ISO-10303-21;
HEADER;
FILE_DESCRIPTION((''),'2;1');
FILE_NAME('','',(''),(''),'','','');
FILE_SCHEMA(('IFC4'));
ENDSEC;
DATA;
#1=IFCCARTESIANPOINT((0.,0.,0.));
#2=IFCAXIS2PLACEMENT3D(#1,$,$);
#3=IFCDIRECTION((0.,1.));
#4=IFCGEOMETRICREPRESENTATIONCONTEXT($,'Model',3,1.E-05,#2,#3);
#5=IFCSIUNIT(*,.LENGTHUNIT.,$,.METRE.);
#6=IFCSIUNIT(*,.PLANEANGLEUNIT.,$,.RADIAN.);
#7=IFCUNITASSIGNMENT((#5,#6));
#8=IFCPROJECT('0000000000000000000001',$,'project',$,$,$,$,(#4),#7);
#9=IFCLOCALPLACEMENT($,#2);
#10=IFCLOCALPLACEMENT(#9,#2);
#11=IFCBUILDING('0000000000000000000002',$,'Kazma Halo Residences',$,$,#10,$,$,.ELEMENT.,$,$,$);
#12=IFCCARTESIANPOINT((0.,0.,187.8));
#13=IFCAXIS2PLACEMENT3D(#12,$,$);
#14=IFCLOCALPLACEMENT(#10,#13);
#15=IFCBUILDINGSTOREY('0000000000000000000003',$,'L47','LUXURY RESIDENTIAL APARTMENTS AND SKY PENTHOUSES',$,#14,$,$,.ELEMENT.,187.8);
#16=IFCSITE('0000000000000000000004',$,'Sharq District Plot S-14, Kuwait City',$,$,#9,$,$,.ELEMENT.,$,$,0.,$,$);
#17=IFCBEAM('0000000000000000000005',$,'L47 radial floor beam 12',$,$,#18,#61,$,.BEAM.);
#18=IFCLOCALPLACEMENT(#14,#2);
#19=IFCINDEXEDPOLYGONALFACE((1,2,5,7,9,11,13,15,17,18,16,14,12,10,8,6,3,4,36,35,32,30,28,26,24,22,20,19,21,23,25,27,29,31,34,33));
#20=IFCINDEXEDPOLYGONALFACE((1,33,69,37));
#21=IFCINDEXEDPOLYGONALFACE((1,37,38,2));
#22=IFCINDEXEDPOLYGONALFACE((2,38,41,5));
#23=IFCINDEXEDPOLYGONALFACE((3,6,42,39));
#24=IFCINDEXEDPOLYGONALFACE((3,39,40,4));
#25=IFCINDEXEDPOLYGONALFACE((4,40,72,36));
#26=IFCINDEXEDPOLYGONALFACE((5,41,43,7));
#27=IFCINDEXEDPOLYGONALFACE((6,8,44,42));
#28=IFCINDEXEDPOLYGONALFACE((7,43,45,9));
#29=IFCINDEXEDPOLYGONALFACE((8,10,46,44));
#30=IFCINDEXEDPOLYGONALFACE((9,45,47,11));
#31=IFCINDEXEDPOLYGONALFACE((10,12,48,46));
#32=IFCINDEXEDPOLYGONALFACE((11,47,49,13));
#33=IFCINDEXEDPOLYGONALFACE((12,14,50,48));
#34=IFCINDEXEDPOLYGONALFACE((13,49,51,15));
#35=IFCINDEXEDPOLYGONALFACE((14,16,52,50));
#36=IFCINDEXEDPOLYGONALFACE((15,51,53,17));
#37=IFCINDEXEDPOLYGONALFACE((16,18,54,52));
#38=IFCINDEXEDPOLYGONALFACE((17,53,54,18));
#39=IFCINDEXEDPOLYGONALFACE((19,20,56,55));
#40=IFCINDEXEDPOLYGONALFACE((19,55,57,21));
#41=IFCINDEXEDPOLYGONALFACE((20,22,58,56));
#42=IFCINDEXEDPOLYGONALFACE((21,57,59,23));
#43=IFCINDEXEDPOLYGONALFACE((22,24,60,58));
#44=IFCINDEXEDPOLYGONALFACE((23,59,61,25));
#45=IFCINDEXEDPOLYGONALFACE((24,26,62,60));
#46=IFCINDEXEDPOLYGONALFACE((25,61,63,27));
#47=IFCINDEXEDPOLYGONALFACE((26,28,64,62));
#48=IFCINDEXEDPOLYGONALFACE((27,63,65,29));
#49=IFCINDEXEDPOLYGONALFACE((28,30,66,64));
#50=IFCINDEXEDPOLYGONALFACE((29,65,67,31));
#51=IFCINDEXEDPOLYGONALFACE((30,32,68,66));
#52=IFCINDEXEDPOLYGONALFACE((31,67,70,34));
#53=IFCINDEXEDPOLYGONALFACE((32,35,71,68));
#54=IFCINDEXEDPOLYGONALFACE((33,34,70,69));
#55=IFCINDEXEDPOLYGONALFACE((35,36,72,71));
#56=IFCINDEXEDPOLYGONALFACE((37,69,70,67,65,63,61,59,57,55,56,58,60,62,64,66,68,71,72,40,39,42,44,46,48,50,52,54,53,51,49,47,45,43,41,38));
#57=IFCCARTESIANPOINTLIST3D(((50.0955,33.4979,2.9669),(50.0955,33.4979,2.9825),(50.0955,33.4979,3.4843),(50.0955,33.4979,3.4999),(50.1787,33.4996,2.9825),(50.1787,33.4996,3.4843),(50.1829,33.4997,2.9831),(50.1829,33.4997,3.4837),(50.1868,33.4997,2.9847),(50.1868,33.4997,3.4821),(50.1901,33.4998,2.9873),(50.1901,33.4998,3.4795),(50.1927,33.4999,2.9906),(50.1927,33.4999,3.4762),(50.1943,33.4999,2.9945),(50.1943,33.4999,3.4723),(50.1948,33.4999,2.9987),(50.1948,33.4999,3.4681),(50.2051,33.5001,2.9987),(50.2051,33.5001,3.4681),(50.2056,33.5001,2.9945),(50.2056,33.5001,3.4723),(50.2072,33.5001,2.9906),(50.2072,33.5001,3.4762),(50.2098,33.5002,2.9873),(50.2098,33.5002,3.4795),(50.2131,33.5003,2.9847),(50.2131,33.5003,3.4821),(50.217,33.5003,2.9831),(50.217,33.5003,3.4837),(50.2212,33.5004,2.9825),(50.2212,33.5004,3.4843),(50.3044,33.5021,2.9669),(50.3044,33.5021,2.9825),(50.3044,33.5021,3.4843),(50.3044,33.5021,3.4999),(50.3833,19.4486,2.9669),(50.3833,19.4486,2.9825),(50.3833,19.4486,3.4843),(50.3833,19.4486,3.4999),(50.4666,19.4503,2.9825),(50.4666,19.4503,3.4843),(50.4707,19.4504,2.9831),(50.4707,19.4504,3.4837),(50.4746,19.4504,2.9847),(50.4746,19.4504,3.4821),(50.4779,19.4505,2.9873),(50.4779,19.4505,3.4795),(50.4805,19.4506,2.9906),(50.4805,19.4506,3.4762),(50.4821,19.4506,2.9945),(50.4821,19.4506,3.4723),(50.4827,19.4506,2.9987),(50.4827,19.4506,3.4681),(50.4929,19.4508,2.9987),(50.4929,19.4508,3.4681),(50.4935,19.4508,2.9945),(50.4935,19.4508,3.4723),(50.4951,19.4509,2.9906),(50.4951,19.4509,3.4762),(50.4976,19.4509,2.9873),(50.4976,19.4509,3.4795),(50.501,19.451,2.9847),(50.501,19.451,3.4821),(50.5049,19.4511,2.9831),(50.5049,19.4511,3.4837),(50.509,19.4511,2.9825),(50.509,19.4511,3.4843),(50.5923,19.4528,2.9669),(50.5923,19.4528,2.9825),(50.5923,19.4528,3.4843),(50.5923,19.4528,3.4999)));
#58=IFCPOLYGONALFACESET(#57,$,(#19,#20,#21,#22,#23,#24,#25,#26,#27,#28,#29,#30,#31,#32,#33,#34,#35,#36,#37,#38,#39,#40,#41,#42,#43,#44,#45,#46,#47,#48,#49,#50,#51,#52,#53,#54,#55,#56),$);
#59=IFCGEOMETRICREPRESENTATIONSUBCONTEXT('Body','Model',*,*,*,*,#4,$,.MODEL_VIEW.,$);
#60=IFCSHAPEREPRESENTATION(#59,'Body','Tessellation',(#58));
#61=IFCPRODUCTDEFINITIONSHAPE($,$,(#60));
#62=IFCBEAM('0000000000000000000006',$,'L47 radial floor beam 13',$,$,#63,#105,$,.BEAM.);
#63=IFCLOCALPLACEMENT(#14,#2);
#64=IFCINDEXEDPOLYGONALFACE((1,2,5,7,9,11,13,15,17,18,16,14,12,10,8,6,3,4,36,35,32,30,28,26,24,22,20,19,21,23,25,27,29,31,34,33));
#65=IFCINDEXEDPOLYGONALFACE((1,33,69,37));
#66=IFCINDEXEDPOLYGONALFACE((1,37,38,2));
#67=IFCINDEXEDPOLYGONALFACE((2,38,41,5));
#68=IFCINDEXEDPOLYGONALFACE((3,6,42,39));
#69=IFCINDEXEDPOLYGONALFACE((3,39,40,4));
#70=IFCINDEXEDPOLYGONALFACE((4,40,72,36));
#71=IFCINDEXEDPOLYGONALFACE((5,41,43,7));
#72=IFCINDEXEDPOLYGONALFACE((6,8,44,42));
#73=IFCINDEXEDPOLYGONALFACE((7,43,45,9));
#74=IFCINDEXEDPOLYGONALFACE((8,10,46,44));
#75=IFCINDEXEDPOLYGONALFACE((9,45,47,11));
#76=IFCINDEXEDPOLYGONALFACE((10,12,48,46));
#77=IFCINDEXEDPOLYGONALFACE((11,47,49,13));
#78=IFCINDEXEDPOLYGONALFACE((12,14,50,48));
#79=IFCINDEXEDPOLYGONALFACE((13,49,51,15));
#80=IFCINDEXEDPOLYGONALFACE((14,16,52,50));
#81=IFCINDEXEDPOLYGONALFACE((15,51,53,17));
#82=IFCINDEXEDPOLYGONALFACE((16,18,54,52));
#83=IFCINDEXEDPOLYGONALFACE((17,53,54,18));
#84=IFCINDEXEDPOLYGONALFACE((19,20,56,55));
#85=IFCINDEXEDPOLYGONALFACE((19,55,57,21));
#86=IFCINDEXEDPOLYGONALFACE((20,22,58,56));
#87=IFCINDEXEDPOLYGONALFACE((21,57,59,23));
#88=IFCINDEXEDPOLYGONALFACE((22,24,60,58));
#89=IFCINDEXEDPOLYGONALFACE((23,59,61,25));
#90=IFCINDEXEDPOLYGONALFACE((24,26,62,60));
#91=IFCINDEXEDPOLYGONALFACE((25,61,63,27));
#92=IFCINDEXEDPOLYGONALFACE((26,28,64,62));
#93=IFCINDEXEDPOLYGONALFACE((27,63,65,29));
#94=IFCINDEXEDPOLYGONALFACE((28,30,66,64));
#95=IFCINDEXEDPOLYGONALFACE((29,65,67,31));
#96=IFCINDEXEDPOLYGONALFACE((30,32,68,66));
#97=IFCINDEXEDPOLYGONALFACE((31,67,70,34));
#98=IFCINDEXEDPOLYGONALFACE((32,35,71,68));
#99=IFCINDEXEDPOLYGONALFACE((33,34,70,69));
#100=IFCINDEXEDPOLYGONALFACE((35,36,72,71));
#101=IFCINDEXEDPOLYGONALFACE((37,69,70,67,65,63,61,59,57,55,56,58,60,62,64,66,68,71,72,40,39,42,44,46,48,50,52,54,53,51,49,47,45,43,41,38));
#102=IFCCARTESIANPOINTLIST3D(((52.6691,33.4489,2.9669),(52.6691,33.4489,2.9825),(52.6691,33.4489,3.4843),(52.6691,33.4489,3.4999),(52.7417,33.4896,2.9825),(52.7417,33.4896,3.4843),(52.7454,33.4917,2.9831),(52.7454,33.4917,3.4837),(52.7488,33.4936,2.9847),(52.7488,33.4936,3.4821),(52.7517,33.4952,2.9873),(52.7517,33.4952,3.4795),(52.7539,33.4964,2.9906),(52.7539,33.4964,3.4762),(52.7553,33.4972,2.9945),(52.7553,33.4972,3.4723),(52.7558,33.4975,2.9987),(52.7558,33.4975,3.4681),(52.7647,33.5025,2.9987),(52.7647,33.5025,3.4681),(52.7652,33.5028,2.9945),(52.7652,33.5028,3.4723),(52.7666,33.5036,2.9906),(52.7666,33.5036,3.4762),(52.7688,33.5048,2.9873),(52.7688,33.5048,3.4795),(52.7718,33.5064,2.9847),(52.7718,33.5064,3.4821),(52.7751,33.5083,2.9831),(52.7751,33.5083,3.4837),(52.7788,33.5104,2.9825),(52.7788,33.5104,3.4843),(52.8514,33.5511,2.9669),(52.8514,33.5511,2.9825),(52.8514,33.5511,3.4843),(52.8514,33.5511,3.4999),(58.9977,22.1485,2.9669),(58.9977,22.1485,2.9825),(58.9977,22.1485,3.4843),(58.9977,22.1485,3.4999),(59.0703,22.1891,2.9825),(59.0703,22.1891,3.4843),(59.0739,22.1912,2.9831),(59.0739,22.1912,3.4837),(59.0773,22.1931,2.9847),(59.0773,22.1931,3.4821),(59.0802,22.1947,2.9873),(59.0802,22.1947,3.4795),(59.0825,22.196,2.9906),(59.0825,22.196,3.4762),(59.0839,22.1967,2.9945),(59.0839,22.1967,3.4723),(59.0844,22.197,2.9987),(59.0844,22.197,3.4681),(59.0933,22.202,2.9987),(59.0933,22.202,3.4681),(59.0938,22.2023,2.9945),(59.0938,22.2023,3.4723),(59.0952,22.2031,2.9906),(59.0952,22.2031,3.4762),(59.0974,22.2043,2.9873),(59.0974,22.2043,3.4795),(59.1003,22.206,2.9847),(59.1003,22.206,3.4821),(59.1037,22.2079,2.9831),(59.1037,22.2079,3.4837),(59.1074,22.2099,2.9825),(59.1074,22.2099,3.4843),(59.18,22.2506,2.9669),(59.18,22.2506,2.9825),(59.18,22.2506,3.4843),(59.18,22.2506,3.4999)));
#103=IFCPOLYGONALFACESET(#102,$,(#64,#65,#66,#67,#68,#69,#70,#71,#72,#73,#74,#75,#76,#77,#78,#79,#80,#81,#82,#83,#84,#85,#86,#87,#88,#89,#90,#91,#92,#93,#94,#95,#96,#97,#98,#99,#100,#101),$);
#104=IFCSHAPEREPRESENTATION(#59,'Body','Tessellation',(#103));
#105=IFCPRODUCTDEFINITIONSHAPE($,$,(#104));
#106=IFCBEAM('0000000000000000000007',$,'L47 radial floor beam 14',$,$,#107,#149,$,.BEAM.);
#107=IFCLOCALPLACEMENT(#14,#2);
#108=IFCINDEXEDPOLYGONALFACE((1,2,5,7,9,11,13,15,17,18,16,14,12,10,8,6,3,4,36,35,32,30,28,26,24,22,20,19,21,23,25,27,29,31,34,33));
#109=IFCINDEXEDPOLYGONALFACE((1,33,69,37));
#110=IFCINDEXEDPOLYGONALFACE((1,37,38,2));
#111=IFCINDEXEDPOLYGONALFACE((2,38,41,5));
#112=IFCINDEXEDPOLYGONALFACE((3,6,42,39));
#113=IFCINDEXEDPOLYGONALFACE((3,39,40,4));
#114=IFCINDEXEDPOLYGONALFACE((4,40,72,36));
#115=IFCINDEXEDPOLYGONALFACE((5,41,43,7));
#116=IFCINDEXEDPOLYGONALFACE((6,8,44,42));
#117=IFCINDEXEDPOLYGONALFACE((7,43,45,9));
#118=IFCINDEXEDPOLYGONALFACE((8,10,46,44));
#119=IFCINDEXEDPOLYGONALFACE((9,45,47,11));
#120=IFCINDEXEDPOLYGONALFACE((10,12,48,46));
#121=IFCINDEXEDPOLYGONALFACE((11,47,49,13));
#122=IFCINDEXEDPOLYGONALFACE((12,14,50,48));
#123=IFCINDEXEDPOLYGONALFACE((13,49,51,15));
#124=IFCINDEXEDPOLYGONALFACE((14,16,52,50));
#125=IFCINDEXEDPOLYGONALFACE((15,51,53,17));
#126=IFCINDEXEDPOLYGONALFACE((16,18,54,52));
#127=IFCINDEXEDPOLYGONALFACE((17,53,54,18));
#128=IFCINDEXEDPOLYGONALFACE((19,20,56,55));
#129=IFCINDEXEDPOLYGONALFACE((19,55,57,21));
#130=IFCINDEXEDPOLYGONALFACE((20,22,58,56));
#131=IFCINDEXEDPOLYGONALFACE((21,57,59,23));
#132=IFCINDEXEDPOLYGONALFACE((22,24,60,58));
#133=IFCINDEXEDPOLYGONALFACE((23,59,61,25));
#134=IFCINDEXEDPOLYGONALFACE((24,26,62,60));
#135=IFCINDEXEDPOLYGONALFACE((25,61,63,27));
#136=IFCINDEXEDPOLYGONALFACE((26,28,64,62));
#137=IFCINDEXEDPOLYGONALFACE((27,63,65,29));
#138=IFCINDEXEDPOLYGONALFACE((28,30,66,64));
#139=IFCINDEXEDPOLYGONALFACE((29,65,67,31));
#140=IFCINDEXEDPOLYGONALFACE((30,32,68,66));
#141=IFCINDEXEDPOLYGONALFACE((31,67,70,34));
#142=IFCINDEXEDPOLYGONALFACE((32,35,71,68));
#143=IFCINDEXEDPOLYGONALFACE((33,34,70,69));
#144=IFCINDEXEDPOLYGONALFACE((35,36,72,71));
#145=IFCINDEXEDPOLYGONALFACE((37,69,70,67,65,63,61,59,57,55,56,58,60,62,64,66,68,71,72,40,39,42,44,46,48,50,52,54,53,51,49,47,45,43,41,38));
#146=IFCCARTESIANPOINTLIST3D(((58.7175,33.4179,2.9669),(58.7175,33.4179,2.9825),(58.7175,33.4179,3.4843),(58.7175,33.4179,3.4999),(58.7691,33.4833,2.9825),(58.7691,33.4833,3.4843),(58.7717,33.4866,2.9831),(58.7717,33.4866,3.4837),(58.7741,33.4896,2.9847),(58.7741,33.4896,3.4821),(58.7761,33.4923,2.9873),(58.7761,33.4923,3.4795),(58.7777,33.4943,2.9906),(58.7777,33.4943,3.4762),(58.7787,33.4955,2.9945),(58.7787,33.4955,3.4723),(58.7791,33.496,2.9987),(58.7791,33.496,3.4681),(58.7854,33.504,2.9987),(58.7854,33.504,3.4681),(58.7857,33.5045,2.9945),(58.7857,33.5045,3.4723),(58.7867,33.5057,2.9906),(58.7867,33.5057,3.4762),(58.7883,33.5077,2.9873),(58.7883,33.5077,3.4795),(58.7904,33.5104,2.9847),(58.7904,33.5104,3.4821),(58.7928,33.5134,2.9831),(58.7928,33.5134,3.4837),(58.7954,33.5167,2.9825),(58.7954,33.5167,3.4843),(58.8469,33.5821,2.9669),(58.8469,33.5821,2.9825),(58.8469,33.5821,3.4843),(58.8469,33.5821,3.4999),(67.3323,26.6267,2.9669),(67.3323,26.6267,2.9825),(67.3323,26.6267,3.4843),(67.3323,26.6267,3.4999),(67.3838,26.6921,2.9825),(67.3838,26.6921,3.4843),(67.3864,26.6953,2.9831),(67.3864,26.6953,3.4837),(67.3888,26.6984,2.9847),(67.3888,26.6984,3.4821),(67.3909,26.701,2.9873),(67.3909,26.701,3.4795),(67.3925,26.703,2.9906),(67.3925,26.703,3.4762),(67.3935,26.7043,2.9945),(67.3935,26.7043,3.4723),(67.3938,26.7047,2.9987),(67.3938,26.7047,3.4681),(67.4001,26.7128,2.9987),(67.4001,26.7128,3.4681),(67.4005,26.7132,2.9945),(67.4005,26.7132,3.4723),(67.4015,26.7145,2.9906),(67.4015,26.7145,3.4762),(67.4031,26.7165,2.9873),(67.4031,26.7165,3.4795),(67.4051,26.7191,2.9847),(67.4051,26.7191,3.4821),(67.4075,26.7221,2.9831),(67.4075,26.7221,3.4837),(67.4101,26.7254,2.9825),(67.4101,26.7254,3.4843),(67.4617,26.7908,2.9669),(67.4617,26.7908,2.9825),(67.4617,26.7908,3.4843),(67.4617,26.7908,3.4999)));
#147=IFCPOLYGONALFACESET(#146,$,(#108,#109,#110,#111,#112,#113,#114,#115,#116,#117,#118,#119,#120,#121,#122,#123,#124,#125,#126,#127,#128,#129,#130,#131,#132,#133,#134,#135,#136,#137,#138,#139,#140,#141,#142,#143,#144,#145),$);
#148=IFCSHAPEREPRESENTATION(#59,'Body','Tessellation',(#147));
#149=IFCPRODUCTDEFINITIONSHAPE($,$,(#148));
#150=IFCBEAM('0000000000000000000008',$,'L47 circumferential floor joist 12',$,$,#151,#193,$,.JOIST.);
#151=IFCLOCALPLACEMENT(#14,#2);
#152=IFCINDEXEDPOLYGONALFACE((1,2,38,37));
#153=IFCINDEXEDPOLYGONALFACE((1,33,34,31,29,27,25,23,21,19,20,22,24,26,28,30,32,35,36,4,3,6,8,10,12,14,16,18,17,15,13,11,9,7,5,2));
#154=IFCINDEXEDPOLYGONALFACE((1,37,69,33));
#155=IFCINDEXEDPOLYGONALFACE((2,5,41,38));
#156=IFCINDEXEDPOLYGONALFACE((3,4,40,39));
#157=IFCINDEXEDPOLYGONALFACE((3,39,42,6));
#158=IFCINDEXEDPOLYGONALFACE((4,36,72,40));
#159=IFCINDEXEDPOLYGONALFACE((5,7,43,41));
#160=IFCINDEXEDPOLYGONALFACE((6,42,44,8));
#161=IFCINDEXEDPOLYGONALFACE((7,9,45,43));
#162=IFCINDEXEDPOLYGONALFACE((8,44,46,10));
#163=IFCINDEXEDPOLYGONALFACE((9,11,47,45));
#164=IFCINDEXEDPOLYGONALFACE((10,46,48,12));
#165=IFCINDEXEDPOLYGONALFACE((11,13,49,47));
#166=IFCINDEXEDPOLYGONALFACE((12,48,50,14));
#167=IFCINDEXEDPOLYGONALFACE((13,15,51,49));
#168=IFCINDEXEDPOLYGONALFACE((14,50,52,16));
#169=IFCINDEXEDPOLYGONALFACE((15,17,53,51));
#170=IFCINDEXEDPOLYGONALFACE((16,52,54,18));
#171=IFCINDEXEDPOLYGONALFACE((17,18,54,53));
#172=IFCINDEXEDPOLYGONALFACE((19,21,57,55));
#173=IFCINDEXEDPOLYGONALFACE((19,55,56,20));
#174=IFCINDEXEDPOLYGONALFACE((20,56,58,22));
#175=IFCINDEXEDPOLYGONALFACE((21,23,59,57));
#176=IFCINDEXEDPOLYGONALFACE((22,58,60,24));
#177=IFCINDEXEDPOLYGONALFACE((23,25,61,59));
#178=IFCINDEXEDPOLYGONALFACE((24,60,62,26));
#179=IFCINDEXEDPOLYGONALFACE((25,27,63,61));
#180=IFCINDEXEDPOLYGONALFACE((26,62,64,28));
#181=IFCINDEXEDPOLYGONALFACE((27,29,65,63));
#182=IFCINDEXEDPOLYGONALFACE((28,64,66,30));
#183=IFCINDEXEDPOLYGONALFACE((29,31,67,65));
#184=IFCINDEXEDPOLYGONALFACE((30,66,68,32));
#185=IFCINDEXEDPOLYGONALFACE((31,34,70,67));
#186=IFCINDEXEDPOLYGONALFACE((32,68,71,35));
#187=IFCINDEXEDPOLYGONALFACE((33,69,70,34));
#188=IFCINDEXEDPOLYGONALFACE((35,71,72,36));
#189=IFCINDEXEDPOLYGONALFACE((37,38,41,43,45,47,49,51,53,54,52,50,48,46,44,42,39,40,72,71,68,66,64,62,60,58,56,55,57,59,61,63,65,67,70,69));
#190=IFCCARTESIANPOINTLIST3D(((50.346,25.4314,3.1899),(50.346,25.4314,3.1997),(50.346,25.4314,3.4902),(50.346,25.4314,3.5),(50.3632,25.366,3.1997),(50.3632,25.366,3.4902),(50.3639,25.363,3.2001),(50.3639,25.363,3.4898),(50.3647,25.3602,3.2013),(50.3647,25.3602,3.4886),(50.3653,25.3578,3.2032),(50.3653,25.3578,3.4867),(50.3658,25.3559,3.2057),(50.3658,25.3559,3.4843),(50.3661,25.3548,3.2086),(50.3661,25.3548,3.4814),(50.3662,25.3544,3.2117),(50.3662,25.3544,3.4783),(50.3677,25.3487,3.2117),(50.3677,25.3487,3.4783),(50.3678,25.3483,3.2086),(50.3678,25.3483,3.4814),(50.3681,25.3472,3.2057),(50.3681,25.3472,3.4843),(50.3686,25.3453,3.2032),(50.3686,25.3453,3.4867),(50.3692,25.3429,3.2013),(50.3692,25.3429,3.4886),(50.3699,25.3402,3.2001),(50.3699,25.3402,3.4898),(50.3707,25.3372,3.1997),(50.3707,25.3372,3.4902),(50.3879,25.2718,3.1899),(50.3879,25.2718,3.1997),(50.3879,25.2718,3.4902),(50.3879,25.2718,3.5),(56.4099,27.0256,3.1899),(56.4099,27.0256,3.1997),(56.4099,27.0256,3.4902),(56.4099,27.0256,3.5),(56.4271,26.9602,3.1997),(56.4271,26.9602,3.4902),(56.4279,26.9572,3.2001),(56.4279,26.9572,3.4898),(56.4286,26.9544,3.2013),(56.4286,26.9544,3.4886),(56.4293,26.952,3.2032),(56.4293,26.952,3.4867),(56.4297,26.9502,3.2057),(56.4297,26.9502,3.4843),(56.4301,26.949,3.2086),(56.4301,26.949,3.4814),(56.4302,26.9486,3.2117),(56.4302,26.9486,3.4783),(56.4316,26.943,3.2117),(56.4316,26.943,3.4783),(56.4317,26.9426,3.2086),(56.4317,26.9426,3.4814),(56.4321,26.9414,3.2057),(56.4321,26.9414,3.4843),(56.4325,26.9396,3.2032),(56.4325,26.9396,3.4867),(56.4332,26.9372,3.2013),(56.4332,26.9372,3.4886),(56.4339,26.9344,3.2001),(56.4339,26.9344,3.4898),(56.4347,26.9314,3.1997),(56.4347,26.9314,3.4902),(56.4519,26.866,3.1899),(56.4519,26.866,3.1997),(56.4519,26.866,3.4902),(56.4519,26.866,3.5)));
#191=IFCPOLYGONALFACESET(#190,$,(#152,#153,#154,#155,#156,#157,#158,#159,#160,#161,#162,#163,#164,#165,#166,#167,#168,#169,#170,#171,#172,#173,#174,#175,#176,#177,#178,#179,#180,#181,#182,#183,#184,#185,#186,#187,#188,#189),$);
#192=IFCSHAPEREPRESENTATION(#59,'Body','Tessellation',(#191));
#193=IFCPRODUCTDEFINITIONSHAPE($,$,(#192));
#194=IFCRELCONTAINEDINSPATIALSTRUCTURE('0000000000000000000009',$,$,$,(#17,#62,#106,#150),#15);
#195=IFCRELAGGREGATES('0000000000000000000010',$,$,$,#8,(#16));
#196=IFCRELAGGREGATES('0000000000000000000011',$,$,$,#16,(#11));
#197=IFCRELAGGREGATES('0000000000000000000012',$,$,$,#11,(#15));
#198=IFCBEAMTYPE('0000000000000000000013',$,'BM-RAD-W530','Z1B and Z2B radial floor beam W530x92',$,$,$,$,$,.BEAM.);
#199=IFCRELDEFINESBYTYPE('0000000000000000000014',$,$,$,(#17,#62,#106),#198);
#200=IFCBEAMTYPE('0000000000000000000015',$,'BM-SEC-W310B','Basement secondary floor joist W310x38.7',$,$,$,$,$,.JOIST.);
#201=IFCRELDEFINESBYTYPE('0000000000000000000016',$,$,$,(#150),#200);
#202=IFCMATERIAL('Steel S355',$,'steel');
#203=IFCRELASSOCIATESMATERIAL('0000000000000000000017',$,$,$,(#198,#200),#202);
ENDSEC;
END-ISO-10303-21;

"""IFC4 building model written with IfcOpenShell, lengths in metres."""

from ifc_helpers import new_model, si_unit, direction, frame, origin, origin_2d, place, context, subcontext, project, spatial, i_section, extrude, material, material_profile, profile_set, type_object, element, save


model = new_model("IFC4")

# Units and contexts
model_context = context("Model", 3, precision=1e-05, world=origin(), true_north=direction((0.0, 1.0)))
body_context = subcontext(model_context, "Body", "Model", "MODEL_VIEW")
ifc_project = project(units=[si_unit("LENGTHUNIT", "METRE"), si_unit("PLANEANGLEUNIT", "RADIAN")], contexts=[model_context])

# Site, building, storey
site_placement = place(None, origin())
site = spatial("IfcSite", under=ifc_project, at=site_placement, Name="Sharq District Plot S-14, Kuwait City", CompositionType="ELEMENT", RefElevation=0.0)
building_placement = place(site_placement, origin())
building = spatial("IfcBuilding", under=site, at=building_placement, Name="Kazma Halo Residences", CompositionType="ELEMENT")
storey_placement = place(building_placement, frame((0.0, 0.0, 187.8)))
storey = spatial("IfcBuildingStorey", under=building, at=storey_placement, Name="L47", Description="LUXURY RESIDENTIAL APARTMENTS AND SKY PENTHOUSES", CompositionType="ELEMENT", Elevation=187.8)

# Beams
ifc_material_1 = material(Name="Steel S355", Category="steel")
ifc_material_profile_1 = material_profile(ifc_material_1, i_section(OverallWidth=0.209, OverallDepth=0.533, WebThickness=0.0103, FlangeThickness=0.0156, FilletRadius=0.0161, at=origin_2d()), Name="W530x92")
ifc_profile_set_1 = profile_set([ifc_material_profile_1], Name="Steel S355")
beam_type_1 = type_object("IfcBeamType", Name="BM-RAD-W530", Description="Z1B and Z2B radial floor beam W530x92", PredefinedType="BEAM", material=ifc_profile_set_1)
beam_1_placement = place(storey_placement, frame((50.2, 33.5, 3.2334), z_axis=(0.020484, -0.99979, 0.0), x_axis=(0.99979, 0.020484, 0.0)))
element("IfcBeam", 1, at=beam_1_placement, inside=storey, type_object=beam_type_1, Name="L47 radial floor beam 12", PredefinedType="BEAM", context=body_context, shape_type="SweptSolid", body=[
    extrude(i_section(OverallWidth=0.209, OverallDepth=0.533, WebThickness=0.0103, FlangeThickness=0.0156, FilletRadius=0.0161, at=origin_2d()), origin(), (0.0, 0.0, 1.0), 14.0522),
])
beam_2_placement = place(storey_placement, frame((52.7603, 33.5, 3.2334), z_axis=(0.488622, -0.872496, 0.0), x_axis=(0.872496, 0.488622, 0.0)))
element("IfcBeam", 2, at=beam_2_placement, inside=storey, type_object=beam_type_1, Name="L47 radial floor beam 13", PredefinedType="BEAM", context=body_context, shape_type="SweptSolid", body=[
    extrude(i_section(OverallWidth=0.209, OverallDepth=0.533, WebThickness=0.0103, FlangeThickness=0.0156, FilletRadius=0.0161, at=origin_2d()), origin(), (0.0, 0.0, 1.0), 12.9519),
])
beam_3_placement = place(storey_placement, frame((58.7822, 33.5, 3.2334), z_axis=(0.78532, -0.619091, 0.0), x_axis=(0.619091, 0.78532, 0.0)))
element("IfcBeam", 3, at=beam_3_placement, inside=storey, type_object=beam_type_1, Name="L47 radial floor beam 14", PredefinedType="BEAM", context=body_context, shape_type="SweptSolid", body=[
    extrude(i_section(OverallWidth=0.209, OverallDepth=0.533, WebThickness=0.0103, FlangeThickness=0.0156, FilletRadius=0.0161, at=origin_2d()), origin(), (0.0, 0.0, 1.0), 10.9697),
])
ifc_material_profile_2 = material_profile(ifc_material_1, i_section(OverallWidth=0.165, OverallDepth=0.3101, WebThickness=0.0059, FlangeThickness=0.0098, FilletRadius=0.012, at=origin_2d()), Name="W310x38.7")
ifc_profile_set_2 = profile_set([ifc_material_profile_2], Name="Steel S355")
beam_type_2 = type_object("IfcBeamType", Name="BM-SEC-W310B", Description="Basement secondary floor joist W310x38.7", PredefinedType="JOIST", material=ifc_profile_set_2)
beam_4_placement = place(storey_placement, frame((50.3669, 25.3516, 3.345), z_axis=(0.967135, 0.254263, 0.0), x_axis=(-0.254263, 0.967135, 0.0)))
element("IfcBeam", 4, at=beam_4_placement, inside=storey, type_object=beam_type_2, Name="L47 circumferential floor joist 12", PredefinedType="JOIST", context=body_context, shape_type="SweptSolid", body=[
    extrude(i_section(OverallWidth=0.165, OverallDepth=0.3101, WebThickness=0.0059, FlangeThickness=0.0098, FilletRadius=0.012, at=origin_2d()), origin(), (0.0, 0.0, 1.0), 6.27),
])

save(model, "model.ifc")
